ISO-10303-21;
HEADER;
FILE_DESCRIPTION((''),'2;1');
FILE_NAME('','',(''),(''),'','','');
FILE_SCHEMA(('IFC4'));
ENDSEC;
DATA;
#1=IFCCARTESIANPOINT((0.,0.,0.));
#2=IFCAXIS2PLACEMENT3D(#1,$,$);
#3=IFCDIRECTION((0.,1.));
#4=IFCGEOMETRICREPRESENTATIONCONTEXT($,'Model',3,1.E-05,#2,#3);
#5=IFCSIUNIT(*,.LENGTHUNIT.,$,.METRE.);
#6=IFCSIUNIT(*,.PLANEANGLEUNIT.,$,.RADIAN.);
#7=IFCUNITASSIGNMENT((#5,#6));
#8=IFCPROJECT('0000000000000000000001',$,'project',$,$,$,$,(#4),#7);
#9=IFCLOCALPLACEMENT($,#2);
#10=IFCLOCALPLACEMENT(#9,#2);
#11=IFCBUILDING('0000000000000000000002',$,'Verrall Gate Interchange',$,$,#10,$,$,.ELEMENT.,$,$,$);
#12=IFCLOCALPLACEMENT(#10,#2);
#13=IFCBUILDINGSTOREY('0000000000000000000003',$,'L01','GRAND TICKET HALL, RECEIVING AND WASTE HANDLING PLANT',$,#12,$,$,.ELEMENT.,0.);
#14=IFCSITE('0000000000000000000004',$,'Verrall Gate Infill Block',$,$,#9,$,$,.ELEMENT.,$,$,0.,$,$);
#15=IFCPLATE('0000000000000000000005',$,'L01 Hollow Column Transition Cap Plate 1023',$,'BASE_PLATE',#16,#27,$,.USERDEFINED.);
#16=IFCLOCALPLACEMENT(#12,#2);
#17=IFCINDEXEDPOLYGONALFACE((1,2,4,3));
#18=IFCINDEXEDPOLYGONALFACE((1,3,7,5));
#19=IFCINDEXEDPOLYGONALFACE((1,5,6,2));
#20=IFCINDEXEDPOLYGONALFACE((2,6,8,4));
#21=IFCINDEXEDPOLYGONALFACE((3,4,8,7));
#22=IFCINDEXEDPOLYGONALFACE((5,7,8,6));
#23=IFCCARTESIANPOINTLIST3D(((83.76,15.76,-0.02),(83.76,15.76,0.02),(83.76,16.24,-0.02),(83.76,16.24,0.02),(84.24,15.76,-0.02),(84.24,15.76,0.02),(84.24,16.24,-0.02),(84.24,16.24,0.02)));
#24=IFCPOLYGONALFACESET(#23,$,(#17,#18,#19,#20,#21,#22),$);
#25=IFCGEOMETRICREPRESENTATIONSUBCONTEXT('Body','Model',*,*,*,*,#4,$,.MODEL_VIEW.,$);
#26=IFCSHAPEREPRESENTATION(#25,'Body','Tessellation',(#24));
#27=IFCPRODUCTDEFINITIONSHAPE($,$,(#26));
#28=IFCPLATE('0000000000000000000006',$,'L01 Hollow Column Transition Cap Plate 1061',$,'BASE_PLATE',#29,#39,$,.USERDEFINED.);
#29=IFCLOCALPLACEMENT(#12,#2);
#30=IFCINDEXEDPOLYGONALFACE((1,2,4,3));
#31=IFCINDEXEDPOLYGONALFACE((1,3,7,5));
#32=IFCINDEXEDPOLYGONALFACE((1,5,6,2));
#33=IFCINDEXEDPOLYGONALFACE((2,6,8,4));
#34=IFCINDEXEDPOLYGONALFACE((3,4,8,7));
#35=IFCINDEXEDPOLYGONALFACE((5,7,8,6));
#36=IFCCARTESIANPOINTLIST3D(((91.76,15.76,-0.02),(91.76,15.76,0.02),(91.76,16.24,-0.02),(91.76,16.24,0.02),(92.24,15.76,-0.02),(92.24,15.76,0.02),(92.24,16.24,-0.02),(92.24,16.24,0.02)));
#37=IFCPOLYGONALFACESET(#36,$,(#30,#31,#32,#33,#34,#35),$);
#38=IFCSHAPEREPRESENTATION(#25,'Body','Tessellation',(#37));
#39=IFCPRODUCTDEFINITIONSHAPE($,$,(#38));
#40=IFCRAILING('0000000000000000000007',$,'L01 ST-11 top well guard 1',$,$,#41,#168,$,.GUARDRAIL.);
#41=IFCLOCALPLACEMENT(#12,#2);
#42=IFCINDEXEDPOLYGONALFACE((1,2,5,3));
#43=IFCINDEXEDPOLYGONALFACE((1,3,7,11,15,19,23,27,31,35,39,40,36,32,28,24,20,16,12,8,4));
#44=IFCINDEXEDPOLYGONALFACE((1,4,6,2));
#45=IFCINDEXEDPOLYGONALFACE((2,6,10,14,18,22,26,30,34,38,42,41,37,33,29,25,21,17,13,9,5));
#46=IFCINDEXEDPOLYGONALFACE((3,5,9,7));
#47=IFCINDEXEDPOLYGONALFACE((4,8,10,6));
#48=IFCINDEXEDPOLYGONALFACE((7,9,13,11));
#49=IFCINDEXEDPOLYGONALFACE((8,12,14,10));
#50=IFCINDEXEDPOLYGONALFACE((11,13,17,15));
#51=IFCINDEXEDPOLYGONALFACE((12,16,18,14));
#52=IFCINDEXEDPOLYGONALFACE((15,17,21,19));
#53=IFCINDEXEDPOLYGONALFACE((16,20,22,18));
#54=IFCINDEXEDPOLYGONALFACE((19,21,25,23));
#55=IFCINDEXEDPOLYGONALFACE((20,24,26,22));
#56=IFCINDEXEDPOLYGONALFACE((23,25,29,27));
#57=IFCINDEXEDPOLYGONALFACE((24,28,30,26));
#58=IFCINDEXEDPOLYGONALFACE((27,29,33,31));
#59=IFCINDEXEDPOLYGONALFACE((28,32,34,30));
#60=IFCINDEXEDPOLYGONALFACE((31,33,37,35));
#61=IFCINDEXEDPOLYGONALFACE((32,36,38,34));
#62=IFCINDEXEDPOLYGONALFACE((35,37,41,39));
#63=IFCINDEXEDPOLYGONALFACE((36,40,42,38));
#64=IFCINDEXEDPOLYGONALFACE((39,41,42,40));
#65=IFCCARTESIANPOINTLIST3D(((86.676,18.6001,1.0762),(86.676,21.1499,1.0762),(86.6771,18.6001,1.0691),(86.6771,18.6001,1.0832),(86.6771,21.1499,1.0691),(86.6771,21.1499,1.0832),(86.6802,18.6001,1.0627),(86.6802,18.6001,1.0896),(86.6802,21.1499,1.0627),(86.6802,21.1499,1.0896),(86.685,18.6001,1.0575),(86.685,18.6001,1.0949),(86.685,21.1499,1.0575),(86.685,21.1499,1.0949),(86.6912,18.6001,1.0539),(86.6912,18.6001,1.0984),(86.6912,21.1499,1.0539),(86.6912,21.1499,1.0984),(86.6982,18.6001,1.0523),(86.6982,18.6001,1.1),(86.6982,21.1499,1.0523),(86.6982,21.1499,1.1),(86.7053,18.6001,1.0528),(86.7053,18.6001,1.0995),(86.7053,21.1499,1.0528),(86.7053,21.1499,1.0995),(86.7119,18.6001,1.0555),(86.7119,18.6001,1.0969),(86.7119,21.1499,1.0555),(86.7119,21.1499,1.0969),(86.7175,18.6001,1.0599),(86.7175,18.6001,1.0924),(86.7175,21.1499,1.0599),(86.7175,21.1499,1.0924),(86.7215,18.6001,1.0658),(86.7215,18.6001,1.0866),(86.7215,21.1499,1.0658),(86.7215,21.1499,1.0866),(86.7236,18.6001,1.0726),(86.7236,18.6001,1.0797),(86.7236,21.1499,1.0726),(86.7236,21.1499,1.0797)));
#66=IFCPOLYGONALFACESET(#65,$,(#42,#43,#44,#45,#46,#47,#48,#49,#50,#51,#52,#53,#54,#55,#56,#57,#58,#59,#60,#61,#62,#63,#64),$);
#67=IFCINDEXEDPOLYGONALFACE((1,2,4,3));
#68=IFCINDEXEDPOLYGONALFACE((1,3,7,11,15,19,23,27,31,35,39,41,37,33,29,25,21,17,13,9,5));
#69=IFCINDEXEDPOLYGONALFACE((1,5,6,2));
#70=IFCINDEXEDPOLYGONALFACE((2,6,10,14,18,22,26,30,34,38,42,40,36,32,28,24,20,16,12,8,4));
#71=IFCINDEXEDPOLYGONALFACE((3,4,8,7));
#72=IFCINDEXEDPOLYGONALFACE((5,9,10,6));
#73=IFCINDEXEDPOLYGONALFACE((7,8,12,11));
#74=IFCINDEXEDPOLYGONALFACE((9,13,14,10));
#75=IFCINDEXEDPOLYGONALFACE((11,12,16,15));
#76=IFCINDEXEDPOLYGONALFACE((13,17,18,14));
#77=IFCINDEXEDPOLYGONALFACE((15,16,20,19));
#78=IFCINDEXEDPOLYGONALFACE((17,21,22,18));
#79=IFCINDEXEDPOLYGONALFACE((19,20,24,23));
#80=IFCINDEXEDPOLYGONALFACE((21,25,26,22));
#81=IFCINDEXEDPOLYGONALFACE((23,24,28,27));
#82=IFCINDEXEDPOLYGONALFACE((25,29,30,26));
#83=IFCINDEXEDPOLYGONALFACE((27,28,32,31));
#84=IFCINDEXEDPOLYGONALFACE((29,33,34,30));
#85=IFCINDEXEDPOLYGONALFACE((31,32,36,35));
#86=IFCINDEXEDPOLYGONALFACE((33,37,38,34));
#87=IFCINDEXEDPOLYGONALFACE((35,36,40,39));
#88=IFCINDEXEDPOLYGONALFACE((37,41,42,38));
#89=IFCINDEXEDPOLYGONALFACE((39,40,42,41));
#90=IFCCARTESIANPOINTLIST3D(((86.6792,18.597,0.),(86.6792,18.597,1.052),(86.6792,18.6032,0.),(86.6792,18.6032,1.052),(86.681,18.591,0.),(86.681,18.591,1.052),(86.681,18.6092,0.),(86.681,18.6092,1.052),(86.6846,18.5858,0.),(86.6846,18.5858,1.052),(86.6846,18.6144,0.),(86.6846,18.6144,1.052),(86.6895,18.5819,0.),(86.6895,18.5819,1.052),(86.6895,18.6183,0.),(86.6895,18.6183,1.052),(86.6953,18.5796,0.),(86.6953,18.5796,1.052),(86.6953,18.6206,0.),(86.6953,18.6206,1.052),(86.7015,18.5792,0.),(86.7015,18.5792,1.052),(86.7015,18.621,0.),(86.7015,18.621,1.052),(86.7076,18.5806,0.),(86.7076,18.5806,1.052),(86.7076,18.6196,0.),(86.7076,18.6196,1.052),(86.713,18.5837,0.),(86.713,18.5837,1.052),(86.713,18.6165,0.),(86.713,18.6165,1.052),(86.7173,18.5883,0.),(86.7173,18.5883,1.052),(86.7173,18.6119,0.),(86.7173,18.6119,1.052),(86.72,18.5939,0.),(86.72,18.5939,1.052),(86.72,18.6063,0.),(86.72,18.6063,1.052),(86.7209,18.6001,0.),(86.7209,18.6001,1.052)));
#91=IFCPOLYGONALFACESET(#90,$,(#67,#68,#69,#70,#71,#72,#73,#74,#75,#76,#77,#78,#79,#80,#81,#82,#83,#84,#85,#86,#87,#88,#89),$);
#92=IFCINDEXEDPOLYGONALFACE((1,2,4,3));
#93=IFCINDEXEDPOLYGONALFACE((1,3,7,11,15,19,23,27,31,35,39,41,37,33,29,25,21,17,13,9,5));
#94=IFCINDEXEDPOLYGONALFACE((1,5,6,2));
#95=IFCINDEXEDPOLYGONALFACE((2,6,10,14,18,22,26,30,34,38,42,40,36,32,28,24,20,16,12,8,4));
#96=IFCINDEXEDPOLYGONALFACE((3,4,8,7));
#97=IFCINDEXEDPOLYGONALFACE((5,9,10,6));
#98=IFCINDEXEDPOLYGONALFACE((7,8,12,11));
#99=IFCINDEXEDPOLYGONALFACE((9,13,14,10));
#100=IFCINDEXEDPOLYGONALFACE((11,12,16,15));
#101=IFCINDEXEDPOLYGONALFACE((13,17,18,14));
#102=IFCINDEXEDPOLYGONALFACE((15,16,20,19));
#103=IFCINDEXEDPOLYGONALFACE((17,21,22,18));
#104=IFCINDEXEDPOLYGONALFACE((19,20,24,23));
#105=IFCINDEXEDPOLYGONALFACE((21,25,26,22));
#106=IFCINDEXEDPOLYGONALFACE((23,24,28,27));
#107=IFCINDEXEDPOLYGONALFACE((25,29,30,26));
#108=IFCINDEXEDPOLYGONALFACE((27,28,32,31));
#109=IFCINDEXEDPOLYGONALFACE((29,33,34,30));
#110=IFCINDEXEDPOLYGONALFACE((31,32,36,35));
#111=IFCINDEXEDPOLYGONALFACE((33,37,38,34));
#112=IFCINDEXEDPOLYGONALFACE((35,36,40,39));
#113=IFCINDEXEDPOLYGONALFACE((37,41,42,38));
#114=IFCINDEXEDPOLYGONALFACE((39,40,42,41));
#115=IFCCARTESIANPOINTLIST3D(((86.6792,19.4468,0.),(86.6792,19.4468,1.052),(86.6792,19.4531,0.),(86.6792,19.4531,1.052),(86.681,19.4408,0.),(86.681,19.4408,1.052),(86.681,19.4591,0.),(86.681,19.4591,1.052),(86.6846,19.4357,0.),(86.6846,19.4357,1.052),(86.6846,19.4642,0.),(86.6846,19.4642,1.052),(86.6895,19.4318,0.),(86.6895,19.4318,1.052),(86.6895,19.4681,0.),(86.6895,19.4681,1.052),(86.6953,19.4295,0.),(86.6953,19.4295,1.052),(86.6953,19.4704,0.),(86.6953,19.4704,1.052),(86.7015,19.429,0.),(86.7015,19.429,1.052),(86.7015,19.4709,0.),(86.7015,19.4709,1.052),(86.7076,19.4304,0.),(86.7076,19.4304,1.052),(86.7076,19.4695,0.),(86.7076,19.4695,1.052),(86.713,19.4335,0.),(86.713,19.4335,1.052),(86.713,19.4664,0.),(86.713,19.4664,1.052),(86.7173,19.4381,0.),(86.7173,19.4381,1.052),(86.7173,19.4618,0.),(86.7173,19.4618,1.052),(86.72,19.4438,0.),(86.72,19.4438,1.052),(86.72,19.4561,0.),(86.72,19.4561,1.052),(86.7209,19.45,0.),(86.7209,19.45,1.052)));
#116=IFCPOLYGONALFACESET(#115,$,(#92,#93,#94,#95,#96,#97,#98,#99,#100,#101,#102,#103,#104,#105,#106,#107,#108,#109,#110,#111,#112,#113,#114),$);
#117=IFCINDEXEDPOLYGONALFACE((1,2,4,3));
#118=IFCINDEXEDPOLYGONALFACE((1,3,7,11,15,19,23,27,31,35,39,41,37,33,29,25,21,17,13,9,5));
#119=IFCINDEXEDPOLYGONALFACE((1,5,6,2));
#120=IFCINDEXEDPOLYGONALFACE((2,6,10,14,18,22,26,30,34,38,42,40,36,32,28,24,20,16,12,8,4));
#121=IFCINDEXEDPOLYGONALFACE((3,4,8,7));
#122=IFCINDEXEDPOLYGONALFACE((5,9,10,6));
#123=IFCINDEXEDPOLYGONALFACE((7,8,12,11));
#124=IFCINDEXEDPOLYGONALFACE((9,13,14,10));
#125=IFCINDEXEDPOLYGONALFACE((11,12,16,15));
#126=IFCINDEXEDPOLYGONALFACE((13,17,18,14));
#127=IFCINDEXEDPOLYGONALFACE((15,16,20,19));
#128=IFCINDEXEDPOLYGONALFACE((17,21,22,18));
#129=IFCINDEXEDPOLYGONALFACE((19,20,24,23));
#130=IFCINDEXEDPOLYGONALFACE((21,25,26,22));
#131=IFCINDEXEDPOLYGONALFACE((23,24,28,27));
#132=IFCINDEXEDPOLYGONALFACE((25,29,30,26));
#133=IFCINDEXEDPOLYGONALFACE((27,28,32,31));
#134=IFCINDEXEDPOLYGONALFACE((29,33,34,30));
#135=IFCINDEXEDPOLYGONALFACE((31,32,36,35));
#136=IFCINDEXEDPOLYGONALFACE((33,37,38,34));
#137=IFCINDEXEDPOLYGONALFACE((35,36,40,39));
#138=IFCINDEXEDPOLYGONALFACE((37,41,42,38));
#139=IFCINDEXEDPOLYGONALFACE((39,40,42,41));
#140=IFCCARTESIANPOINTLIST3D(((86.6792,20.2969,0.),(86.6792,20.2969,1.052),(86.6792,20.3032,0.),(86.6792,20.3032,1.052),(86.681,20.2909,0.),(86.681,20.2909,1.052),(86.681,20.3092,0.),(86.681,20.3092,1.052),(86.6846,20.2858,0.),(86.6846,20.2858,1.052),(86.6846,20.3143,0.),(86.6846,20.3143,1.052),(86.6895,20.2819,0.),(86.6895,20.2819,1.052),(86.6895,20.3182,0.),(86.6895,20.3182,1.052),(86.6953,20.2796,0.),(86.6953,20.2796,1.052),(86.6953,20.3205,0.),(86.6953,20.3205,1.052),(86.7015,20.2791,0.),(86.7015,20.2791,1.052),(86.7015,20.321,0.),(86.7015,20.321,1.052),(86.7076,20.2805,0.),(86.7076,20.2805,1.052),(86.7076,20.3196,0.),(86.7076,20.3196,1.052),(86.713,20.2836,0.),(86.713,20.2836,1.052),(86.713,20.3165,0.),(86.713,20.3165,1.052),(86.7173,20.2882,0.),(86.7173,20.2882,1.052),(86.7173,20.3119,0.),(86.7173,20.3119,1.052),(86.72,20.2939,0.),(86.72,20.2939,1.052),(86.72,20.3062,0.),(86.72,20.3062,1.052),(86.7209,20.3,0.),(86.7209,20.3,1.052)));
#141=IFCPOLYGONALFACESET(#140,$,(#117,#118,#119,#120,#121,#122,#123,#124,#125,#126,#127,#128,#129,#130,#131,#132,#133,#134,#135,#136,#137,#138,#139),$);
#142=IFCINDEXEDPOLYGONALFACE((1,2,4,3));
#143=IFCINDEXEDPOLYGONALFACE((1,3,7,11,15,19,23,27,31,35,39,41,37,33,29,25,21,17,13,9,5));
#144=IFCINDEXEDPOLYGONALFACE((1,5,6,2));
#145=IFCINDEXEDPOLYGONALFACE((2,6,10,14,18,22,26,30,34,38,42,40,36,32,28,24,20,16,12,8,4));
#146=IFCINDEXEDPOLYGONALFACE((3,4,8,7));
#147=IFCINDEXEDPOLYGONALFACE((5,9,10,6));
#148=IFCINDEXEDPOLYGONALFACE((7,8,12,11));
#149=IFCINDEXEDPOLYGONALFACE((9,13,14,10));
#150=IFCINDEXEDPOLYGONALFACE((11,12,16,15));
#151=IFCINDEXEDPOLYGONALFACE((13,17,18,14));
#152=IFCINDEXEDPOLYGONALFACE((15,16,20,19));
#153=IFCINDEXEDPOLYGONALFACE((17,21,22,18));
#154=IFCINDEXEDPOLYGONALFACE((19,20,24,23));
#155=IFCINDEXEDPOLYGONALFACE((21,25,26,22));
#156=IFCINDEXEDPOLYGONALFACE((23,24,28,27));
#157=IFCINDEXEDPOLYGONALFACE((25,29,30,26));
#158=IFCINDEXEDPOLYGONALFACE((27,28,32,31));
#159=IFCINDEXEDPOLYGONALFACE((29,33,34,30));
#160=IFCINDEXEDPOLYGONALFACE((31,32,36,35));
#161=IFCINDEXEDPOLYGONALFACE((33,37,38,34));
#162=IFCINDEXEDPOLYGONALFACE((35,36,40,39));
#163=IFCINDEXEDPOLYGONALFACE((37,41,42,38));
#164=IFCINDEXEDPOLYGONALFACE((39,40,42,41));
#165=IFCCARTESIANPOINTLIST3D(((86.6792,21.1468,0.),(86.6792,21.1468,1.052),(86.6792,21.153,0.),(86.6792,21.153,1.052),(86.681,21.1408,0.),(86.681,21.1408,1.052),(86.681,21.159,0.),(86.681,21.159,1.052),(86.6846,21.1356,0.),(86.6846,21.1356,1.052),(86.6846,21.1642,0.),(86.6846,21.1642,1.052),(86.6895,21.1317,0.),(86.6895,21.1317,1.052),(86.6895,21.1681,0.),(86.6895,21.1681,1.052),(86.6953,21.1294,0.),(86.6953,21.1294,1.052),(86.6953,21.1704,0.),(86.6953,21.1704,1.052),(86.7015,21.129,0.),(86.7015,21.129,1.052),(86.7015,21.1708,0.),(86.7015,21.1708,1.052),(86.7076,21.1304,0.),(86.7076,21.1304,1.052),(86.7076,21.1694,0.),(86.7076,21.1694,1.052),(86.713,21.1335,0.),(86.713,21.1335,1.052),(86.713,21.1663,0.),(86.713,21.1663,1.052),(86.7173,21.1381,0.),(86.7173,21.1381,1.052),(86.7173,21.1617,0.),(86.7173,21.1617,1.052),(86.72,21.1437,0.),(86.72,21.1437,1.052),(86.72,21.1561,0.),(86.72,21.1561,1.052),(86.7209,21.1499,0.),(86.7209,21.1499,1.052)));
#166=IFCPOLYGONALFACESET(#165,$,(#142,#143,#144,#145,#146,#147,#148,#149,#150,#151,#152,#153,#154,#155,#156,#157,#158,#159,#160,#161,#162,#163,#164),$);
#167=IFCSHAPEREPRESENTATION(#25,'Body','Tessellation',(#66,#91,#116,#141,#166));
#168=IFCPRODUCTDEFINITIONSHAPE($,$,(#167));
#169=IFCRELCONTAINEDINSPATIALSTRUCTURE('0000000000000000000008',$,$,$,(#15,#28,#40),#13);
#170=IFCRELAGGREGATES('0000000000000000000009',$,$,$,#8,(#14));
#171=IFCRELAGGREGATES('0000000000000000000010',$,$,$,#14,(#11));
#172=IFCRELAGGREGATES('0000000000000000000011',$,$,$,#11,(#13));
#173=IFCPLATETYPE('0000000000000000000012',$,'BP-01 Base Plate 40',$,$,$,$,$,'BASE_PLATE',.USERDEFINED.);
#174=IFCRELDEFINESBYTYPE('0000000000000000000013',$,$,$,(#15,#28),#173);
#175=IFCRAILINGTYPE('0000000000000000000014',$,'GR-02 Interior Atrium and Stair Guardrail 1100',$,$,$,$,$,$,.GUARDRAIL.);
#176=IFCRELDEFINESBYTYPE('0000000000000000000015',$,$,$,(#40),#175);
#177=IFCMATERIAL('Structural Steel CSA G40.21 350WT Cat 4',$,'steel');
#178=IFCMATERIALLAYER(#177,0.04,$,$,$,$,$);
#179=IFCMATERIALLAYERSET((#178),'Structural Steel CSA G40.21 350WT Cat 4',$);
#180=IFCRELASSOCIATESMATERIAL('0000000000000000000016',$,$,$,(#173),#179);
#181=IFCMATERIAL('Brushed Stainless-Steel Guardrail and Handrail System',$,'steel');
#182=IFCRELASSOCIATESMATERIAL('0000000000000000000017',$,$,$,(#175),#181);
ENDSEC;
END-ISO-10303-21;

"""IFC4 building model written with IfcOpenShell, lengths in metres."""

from ifc_helpers import new_model, si_unit, direction, frame, origin, origin_2d, place, context, subcontext, project, spatial, rectangle, circle, extrude, material, layer, layer_set, type_object, element, save


model = new_model("IFC4")

# Units and contexts
model_context = context("Model", 3, precision=1e-05, world=origin(), true_north=direction((0.0, 1.0)))
body_context = subcontext(model_context, "Body", "Model", "MODEL_VIEW")
ifc_project = project(units=[si_unit("LENGTHUNIT", "METRE"), si_unit("PLANEANGLEUNIT", "RADIAN")], contexts=[model_context])

# Site, building, storey
site_placement = place(None, origin())
site = spatial("IfcSite", under=ifc_project, at=site_placement, Name="Verrall Gate Infill Block", CompositionType="ELEMENT", RefElevation=0.0)
building_placement = place(site_placement, origin())
building = spatial("IfcBuilding", under=site, at=building_placement, Name="Verrall Gate Interchange", CompositionType="ELEMENT")
storey_placement = place(building_placement, origin())
storey = spatial("IfcBuildingStorey", under=building, at=storey_placement, Name="L01", Description="GRAND TICKET HALL, RECEIVING AND WASTE HANDLING PLANT", CompositionType="ELEMENT", Elevation=0.0)

# Plates
ifc_material_1 = material(Name="Structural Steel CSA G40.21 350WT Cat 4", Category="steel")
ifc_layer = layer(ifc_material_1, 0.04)
ifc_layer_set = layer_set([ifc_layer], Name="Structural Steel CSA G40.21 350WT Cat 4")
plate_type = type_object("IfcPlateType", Name="BP-01 Base Plate 40", ElementType="BASE_PLATE", PredefinedType="USERDEFINED", material=ifc_layer_set)
for number, where, z_axis, x_axis, name in (
    (1, (84.0, 16.0, -0.02), (0.0, 0.0, 1.0), (1.0, 0.0, 0.0), "L01 Hollow Column Transition Cap Plate 1023"),
    (2, (92.0, 16.0, -0.02), (0.0, 0.0, 1.0), (1.0, 0.0, 0.0), "L01 Hollow Column Transition Cap Plate 1061"),
):
    element("IfcPlate", number, at=place(storey_placement, frame(where, z_axis=z_axis, x_axis=x_axis)), inside=storey, type_object=plate_type, Name=name, ObjectType="BASE_PLATE", PredefinedType="USERDEFINED", context=body_context, shape_type="SweptSolid", body=[
        extrude(rectangle(XDim=0.48, YDim=0.48, at=origin_2d()), origin(), (0.0, 0.0, 1.0), 0.04),
    ])

# Railing
ifc_material_2 = material(Name="Brushed Stainless-Steel Guardrail and Handrail System", Category="steel")
railing_type = type_object("IfcRailingType", Name="GR-02 Interior Atrium and Stair Guardrail 1100", PredefinedType="GUARDRAIL", material=ifc_material_2)
railing_placement = place(storey_placement, frame((86.7, 18.6001, 0.0)))
element("IfcRailing", 3, at=railing_placement, inside=storey, type_object=railing_type, Name="L01 ST-11 top well guard 1", PredefinedType="GUARDRAIL", context=body_context, shape_type="SweptSolid", body=[
    extrude(circle(Radius=0.0239, at=origin_2d()), frame((0.0, 0.0, 1.0762), z_axis=(0.0, 1.0, 0.0), x_axis=(-1.0, 0.0, 0.0)), (0.0, 0.0, 1.0), 2.5498),
    extrude(circle(Radius=0.021, at=origin_2d()), origin(), (0.0, 0.0, 1.0), 1.052),
    extrude(circle(Radius=0.021, at=origin_2d()), frame((0.0, 0.8499, 0.0)), (0.0, 0.0, 1.0), 1.052),
    extrude(circle(Radius=0.021, at=origin_2d()), frame((0.0, 1.7, 0.0)), (0.0, 0.0, 1.0), 1.052),
    extrude(circle(Radius=0.021, at=origin_2d()), frame((0.0, 2.5498, 0.0)), (0.0, 0.0, 1.0), 1.052),
])

save(model, "model.ifc")
